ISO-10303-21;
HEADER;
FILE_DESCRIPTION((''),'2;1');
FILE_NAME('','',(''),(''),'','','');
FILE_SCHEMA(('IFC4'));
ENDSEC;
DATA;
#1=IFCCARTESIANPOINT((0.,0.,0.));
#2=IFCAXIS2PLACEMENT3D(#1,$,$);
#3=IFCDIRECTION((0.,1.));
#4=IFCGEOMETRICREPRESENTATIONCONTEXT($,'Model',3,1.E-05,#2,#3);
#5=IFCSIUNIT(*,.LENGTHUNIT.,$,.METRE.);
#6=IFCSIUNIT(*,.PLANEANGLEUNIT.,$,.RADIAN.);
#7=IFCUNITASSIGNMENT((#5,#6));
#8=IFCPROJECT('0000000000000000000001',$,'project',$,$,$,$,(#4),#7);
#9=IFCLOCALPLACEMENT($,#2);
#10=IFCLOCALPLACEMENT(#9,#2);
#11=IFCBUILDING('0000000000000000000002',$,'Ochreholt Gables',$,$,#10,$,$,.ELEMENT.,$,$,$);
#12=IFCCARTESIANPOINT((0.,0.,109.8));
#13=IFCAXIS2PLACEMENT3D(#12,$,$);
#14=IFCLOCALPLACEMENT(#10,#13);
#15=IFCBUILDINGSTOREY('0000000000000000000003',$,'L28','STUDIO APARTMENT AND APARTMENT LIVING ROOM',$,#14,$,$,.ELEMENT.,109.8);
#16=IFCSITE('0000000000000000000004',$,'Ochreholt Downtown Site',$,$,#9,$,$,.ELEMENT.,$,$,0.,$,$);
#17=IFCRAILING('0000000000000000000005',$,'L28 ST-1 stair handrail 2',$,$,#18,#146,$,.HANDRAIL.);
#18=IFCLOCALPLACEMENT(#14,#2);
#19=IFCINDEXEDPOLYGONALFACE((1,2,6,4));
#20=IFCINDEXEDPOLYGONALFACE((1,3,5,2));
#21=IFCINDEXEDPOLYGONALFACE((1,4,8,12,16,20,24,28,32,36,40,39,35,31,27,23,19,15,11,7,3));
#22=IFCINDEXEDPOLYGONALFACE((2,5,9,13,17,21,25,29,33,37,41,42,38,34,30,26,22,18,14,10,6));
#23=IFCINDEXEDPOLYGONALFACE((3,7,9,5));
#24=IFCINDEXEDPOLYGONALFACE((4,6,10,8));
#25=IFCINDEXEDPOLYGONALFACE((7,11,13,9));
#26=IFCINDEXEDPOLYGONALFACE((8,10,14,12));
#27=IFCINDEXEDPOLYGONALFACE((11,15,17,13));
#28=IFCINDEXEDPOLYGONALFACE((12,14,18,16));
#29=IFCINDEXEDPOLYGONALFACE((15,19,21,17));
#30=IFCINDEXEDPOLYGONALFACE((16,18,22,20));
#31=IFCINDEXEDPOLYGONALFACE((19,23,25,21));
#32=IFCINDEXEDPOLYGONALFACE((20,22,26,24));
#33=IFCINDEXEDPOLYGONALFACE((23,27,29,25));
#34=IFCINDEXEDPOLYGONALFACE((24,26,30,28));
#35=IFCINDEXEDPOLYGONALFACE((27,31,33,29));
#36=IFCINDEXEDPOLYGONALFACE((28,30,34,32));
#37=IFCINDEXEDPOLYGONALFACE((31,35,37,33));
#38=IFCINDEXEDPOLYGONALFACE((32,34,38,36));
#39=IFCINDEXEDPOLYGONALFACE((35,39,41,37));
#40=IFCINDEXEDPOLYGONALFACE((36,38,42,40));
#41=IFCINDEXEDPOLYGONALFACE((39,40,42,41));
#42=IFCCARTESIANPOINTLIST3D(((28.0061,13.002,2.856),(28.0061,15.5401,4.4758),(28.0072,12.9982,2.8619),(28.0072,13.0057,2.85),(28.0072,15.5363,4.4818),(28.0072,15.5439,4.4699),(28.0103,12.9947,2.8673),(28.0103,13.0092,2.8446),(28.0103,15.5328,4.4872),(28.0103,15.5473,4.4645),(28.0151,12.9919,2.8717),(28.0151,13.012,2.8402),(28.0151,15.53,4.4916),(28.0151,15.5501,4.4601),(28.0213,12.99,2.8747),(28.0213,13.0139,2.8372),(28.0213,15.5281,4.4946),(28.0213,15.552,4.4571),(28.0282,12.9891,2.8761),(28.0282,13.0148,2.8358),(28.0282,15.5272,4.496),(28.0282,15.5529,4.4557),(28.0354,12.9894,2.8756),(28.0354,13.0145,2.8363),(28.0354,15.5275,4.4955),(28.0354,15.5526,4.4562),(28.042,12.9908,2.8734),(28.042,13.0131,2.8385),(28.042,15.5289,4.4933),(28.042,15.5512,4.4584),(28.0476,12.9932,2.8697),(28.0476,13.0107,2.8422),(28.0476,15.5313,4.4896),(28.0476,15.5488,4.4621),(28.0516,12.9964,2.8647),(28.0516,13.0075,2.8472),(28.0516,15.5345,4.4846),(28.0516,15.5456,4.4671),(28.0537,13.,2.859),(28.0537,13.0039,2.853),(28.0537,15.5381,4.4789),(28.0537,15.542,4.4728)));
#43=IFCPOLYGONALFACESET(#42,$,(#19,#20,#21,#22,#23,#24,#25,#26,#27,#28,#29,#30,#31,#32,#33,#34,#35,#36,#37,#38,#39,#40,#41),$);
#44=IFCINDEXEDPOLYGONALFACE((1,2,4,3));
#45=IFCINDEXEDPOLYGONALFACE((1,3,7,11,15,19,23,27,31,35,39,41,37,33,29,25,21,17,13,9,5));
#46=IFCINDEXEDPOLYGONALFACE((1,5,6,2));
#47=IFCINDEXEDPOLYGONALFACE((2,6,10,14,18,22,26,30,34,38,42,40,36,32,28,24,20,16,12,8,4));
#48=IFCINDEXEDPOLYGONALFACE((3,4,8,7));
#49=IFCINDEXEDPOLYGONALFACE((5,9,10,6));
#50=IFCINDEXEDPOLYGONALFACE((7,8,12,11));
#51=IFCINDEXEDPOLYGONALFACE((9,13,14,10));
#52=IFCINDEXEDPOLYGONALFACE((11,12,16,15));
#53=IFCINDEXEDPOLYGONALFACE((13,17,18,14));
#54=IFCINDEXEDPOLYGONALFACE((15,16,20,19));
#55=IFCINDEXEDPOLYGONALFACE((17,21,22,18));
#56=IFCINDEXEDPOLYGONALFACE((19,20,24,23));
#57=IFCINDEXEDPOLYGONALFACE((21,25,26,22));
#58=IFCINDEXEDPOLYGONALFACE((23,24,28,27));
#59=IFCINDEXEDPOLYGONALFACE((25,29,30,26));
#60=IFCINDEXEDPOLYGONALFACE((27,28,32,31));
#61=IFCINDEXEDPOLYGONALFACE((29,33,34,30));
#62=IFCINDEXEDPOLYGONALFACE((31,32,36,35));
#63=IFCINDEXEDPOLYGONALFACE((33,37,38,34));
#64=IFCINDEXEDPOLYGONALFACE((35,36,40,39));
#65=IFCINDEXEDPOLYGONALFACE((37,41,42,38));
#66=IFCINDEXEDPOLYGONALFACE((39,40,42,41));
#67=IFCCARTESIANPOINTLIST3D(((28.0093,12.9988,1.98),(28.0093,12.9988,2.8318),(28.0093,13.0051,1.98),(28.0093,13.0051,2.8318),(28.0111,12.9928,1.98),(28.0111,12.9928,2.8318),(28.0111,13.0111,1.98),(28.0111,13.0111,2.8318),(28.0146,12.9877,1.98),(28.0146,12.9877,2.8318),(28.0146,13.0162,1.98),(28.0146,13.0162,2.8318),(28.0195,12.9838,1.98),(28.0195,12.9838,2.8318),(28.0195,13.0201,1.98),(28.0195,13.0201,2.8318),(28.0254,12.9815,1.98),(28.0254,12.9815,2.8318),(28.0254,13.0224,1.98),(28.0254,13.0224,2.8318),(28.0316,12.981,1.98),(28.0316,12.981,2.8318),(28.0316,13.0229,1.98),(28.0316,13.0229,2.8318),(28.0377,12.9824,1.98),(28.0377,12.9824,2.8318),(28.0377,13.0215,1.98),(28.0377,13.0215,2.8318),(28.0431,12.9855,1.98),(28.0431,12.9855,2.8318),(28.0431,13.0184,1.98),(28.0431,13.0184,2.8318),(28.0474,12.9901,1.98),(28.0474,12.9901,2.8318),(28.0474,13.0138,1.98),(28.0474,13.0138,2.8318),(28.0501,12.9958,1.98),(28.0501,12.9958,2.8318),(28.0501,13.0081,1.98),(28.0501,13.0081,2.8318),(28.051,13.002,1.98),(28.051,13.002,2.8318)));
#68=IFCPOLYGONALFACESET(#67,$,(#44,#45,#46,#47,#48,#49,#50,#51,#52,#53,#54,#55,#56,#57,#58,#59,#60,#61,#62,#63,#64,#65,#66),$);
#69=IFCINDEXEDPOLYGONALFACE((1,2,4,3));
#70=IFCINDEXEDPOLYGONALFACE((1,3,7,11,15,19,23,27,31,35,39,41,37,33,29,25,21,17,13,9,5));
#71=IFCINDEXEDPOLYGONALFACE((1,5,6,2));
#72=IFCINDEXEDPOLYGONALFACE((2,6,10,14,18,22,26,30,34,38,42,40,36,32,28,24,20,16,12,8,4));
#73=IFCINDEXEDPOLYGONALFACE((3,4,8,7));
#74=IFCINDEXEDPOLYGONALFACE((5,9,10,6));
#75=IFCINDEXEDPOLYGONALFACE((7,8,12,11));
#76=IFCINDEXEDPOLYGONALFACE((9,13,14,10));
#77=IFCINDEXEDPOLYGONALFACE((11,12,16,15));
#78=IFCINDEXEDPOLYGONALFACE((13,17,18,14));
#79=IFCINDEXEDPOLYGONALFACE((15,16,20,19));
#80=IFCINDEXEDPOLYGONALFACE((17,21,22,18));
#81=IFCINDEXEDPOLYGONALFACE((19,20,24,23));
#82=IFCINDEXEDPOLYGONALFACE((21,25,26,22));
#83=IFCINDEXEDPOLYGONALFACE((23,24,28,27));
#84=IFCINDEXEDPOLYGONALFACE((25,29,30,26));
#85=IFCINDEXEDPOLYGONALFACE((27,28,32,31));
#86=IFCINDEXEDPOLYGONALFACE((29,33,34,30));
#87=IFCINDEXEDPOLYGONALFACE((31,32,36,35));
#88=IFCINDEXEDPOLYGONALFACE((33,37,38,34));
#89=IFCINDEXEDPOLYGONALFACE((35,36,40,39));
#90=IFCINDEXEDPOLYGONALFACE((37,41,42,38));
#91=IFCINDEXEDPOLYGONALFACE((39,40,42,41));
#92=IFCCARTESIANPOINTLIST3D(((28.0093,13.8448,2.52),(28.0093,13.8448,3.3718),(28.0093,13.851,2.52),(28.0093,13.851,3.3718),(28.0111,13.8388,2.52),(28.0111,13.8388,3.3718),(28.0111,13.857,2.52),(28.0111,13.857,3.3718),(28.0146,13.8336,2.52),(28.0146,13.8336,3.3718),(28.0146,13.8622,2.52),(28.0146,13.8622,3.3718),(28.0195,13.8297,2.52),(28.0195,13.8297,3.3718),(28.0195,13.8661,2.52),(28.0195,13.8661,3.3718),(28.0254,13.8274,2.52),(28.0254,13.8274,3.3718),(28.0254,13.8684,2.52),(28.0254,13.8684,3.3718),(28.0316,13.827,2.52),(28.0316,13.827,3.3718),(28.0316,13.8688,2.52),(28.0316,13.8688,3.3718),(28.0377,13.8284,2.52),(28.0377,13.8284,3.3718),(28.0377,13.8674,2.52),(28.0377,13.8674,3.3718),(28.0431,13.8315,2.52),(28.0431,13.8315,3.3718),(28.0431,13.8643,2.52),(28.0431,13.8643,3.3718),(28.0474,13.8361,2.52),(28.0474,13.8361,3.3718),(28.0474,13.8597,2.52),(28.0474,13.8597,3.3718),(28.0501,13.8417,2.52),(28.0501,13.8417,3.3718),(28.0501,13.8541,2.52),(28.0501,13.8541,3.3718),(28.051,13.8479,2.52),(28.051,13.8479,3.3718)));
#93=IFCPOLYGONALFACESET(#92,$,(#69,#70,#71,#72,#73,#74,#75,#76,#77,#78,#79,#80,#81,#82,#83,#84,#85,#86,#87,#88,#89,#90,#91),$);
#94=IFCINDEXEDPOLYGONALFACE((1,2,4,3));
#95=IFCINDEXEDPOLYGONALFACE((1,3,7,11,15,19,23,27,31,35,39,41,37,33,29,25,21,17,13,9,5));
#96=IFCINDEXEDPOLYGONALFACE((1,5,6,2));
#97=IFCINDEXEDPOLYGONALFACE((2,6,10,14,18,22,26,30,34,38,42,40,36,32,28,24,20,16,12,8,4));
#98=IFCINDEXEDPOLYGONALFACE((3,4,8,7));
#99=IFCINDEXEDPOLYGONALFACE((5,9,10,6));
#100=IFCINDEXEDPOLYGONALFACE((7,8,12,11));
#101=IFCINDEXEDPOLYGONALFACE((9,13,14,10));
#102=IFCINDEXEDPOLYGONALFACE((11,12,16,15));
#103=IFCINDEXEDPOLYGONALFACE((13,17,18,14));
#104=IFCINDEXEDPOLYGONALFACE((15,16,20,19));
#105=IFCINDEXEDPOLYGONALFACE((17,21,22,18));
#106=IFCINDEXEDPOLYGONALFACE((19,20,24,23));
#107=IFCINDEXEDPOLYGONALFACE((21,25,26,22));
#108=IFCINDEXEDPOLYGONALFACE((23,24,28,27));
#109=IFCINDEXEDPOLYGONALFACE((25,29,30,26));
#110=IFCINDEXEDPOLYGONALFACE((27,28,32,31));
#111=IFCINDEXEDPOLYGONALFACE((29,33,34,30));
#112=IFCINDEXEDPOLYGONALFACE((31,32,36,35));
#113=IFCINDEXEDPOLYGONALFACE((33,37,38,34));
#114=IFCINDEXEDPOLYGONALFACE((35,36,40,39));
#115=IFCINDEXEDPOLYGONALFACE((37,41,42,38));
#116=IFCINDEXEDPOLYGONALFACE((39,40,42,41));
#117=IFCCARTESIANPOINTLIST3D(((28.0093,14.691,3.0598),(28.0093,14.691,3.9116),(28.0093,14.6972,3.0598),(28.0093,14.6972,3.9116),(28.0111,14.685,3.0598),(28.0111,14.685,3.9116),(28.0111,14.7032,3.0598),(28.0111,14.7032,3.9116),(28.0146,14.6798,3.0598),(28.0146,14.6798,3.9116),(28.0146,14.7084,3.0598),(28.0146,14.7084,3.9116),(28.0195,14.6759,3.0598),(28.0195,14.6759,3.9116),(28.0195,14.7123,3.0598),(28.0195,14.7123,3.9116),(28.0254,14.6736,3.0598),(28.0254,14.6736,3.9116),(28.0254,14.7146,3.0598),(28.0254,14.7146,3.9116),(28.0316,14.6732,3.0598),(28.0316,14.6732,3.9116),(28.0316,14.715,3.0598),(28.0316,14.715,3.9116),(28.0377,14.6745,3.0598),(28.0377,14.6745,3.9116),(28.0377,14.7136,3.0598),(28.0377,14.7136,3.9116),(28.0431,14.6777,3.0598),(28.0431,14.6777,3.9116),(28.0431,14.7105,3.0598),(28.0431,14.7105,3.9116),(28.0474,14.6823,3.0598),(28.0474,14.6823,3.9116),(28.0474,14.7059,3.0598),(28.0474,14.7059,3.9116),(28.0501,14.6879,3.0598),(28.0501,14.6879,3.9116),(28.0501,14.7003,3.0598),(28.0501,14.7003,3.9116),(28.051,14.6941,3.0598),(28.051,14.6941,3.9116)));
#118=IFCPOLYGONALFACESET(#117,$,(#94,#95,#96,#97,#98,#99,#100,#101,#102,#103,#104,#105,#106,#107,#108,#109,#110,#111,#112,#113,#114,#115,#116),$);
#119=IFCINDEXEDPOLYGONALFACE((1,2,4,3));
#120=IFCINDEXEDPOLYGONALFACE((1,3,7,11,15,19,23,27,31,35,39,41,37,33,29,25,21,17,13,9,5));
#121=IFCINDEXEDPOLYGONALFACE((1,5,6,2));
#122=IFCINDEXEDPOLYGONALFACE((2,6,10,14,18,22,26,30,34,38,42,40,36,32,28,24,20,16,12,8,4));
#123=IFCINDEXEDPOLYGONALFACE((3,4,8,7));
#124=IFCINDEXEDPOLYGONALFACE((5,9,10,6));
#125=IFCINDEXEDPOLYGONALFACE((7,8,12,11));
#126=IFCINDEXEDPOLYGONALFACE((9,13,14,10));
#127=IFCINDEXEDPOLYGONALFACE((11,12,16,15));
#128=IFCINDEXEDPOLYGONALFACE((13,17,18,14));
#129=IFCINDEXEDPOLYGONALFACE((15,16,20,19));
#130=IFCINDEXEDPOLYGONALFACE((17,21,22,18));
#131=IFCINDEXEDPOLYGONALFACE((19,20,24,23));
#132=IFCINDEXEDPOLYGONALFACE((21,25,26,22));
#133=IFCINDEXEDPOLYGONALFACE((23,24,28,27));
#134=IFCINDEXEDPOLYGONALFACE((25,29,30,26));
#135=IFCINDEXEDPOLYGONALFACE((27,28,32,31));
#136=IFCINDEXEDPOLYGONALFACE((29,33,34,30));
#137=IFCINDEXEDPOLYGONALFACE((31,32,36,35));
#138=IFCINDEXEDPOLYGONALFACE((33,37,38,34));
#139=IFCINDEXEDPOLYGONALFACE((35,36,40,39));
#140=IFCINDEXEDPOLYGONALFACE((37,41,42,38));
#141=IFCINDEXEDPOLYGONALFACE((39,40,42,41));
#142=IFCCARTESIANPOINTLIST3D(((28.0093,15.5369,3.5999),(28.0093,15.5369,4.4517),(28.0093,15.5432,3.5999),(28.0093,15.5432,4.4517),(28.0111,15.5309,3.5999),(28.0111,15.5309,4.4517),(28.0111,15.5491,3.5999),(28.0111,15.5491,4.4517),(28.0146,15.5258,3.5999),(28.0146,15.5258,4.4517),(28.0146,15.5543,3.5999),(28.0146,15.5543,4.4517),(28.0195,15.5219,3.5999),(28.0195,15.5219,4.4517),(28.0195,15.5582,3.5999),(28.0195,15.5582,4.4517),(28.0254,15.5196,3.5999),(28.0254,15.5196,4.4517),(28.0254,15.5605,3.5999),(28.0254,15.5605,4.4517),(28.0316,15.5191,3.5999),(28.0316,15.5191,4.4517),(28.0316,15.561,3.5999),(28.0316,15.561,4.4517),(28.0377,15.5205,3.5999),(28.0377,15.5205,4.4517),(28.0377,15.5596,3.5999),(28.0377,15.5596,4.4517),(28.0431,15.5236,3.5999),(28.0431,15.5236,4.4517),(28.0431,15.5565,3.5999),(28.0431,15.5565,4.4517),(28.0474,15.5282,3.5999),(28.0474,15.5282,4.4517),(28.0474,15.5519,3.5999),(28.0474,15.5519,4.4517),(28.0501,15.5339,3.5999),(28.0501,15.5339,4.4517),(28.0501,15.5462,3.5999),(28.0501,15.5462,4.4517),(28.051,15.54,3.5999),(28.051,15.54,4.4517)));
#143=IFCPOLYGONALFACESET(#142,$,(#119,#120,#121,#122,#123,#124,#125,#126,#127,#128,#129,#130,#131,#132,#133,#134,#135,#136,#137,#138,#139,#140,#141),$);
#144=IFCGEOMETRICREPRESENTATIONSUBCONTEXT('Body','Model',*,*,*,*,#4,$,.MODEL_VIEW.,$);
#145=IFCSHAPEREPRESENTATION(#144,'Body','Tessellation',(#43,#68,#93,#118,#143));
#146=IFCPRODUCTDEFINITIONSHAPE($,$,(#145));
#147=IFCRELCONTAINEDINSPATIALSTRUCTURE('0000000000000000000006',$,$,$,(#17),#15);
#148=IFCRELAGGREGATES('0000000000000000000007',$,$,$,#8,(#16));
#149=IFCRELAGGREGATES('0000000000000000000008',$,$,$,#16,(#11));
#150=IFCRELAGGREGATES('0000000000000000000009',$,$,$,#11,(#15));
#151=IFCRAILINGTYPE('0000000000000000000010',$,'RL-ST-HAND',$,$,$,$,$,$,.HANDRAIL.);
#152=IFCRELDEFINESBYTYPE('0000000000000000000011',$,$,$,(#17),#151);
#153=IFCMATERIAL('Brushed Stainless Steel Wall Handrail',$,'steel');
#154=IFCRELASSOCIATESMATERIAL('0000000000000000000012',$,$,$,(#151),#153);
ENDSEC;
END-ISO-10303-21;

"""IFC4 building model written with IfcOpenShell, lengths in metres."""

from ifc_helpers import new_model, si_unit, direction, frame, origin, origin_2d, place, context, subcontext, project, spatial, circle, extrude, material, type_object, element, save


model = new_model("IFC4")

# Units and contexts
model_context = context("Model", 3, precision=1e-05, world=origin(), true_north=direction((0.0, 1.0)))
body_context = subcontext(model_context, "Body", "Model", "MODEL_VIEW")
ifc_project = project(units=[si_unit("LENGTHUNIT", "METRE"), si_unit("PLANEANGLEUNIT", "RADIAN")], contexts=[model_context])

# Site, building, storey
site_placement = place(None, origin())
site = spatial("IfcSite", under=ifc_project, at=site_placement, Name="Ochreholt Downtown Site", CompositionType="ELEMENT", RefElevation=0.0)
building_placement = place(site_placement, origin())
building = spatial("IfcBuilding", under=site, at=building_placement, Name="Ochreholt Gables", CompositionType="ELEMENT")
storey_placement = place(building_placement, frame((0.0, 0.0, 109.8)))
storey = spatial("IfcBuildingStorey", under=building, at=storey_placement, Name="L28", Description="STUDIO APARTMENT AND APARTMENT LIVING ROOM", CompositionType="ELEMENT", Elevation=109.8)

# Railing
ifc_material_1 = material(Name="Brushed Stainless Steel Wall Handrail", Category="steel")
railing_type_1 = type_object("IfcRailingType", Name="RL-ST-HAND", PredefinedType="HANDRAIL", material=ifc_material_1)
railing_1_placement = place(storey_placement, frame((28.03, 13.002, 1.98)))
element("IfcRailing", 1, at=railing_1_placement, inside=storey, type_object=railing_type_1, Name="L28 ST-1 stair handrail 2", PredefinedType="HANDRAIL", context=body_context, shape_type="SweptSolid", body=[
    extrude(circle(Radius=0.0239, at=origin_2d()), frame((0.0, 0.0, 0.876), z_axis=(0.0, 0.84295, 0.537993), x_axis=(-1.0, 0.0, 0.0)), (0.0, 0.0, 1.0), 3.011),
    extrude(circle(Radius=0.021, at=origin_2d()), origin(), (0.0, 0.0, 1.0), 0.8518),
    extrude(circle(Radius=0.021, at=origin_2d()), frame((0.0, 0.8459, 0.54)), (0.0, 0.0, 1.0), 0.8518),
    extrude(circle(Radius=0.021, at=origin_2d()), frame((0.0, 1.6921, 1.0798)), (0.0, 0.0, 1.0), 0.8518),
    extrude(circle(Radius=0.021, at=origin_2d()), frame((0.0, 2.5381, 1.6199)), (0.0, 0.0, 1.0), 0.8518),
])

save(model, "model.ifc")
